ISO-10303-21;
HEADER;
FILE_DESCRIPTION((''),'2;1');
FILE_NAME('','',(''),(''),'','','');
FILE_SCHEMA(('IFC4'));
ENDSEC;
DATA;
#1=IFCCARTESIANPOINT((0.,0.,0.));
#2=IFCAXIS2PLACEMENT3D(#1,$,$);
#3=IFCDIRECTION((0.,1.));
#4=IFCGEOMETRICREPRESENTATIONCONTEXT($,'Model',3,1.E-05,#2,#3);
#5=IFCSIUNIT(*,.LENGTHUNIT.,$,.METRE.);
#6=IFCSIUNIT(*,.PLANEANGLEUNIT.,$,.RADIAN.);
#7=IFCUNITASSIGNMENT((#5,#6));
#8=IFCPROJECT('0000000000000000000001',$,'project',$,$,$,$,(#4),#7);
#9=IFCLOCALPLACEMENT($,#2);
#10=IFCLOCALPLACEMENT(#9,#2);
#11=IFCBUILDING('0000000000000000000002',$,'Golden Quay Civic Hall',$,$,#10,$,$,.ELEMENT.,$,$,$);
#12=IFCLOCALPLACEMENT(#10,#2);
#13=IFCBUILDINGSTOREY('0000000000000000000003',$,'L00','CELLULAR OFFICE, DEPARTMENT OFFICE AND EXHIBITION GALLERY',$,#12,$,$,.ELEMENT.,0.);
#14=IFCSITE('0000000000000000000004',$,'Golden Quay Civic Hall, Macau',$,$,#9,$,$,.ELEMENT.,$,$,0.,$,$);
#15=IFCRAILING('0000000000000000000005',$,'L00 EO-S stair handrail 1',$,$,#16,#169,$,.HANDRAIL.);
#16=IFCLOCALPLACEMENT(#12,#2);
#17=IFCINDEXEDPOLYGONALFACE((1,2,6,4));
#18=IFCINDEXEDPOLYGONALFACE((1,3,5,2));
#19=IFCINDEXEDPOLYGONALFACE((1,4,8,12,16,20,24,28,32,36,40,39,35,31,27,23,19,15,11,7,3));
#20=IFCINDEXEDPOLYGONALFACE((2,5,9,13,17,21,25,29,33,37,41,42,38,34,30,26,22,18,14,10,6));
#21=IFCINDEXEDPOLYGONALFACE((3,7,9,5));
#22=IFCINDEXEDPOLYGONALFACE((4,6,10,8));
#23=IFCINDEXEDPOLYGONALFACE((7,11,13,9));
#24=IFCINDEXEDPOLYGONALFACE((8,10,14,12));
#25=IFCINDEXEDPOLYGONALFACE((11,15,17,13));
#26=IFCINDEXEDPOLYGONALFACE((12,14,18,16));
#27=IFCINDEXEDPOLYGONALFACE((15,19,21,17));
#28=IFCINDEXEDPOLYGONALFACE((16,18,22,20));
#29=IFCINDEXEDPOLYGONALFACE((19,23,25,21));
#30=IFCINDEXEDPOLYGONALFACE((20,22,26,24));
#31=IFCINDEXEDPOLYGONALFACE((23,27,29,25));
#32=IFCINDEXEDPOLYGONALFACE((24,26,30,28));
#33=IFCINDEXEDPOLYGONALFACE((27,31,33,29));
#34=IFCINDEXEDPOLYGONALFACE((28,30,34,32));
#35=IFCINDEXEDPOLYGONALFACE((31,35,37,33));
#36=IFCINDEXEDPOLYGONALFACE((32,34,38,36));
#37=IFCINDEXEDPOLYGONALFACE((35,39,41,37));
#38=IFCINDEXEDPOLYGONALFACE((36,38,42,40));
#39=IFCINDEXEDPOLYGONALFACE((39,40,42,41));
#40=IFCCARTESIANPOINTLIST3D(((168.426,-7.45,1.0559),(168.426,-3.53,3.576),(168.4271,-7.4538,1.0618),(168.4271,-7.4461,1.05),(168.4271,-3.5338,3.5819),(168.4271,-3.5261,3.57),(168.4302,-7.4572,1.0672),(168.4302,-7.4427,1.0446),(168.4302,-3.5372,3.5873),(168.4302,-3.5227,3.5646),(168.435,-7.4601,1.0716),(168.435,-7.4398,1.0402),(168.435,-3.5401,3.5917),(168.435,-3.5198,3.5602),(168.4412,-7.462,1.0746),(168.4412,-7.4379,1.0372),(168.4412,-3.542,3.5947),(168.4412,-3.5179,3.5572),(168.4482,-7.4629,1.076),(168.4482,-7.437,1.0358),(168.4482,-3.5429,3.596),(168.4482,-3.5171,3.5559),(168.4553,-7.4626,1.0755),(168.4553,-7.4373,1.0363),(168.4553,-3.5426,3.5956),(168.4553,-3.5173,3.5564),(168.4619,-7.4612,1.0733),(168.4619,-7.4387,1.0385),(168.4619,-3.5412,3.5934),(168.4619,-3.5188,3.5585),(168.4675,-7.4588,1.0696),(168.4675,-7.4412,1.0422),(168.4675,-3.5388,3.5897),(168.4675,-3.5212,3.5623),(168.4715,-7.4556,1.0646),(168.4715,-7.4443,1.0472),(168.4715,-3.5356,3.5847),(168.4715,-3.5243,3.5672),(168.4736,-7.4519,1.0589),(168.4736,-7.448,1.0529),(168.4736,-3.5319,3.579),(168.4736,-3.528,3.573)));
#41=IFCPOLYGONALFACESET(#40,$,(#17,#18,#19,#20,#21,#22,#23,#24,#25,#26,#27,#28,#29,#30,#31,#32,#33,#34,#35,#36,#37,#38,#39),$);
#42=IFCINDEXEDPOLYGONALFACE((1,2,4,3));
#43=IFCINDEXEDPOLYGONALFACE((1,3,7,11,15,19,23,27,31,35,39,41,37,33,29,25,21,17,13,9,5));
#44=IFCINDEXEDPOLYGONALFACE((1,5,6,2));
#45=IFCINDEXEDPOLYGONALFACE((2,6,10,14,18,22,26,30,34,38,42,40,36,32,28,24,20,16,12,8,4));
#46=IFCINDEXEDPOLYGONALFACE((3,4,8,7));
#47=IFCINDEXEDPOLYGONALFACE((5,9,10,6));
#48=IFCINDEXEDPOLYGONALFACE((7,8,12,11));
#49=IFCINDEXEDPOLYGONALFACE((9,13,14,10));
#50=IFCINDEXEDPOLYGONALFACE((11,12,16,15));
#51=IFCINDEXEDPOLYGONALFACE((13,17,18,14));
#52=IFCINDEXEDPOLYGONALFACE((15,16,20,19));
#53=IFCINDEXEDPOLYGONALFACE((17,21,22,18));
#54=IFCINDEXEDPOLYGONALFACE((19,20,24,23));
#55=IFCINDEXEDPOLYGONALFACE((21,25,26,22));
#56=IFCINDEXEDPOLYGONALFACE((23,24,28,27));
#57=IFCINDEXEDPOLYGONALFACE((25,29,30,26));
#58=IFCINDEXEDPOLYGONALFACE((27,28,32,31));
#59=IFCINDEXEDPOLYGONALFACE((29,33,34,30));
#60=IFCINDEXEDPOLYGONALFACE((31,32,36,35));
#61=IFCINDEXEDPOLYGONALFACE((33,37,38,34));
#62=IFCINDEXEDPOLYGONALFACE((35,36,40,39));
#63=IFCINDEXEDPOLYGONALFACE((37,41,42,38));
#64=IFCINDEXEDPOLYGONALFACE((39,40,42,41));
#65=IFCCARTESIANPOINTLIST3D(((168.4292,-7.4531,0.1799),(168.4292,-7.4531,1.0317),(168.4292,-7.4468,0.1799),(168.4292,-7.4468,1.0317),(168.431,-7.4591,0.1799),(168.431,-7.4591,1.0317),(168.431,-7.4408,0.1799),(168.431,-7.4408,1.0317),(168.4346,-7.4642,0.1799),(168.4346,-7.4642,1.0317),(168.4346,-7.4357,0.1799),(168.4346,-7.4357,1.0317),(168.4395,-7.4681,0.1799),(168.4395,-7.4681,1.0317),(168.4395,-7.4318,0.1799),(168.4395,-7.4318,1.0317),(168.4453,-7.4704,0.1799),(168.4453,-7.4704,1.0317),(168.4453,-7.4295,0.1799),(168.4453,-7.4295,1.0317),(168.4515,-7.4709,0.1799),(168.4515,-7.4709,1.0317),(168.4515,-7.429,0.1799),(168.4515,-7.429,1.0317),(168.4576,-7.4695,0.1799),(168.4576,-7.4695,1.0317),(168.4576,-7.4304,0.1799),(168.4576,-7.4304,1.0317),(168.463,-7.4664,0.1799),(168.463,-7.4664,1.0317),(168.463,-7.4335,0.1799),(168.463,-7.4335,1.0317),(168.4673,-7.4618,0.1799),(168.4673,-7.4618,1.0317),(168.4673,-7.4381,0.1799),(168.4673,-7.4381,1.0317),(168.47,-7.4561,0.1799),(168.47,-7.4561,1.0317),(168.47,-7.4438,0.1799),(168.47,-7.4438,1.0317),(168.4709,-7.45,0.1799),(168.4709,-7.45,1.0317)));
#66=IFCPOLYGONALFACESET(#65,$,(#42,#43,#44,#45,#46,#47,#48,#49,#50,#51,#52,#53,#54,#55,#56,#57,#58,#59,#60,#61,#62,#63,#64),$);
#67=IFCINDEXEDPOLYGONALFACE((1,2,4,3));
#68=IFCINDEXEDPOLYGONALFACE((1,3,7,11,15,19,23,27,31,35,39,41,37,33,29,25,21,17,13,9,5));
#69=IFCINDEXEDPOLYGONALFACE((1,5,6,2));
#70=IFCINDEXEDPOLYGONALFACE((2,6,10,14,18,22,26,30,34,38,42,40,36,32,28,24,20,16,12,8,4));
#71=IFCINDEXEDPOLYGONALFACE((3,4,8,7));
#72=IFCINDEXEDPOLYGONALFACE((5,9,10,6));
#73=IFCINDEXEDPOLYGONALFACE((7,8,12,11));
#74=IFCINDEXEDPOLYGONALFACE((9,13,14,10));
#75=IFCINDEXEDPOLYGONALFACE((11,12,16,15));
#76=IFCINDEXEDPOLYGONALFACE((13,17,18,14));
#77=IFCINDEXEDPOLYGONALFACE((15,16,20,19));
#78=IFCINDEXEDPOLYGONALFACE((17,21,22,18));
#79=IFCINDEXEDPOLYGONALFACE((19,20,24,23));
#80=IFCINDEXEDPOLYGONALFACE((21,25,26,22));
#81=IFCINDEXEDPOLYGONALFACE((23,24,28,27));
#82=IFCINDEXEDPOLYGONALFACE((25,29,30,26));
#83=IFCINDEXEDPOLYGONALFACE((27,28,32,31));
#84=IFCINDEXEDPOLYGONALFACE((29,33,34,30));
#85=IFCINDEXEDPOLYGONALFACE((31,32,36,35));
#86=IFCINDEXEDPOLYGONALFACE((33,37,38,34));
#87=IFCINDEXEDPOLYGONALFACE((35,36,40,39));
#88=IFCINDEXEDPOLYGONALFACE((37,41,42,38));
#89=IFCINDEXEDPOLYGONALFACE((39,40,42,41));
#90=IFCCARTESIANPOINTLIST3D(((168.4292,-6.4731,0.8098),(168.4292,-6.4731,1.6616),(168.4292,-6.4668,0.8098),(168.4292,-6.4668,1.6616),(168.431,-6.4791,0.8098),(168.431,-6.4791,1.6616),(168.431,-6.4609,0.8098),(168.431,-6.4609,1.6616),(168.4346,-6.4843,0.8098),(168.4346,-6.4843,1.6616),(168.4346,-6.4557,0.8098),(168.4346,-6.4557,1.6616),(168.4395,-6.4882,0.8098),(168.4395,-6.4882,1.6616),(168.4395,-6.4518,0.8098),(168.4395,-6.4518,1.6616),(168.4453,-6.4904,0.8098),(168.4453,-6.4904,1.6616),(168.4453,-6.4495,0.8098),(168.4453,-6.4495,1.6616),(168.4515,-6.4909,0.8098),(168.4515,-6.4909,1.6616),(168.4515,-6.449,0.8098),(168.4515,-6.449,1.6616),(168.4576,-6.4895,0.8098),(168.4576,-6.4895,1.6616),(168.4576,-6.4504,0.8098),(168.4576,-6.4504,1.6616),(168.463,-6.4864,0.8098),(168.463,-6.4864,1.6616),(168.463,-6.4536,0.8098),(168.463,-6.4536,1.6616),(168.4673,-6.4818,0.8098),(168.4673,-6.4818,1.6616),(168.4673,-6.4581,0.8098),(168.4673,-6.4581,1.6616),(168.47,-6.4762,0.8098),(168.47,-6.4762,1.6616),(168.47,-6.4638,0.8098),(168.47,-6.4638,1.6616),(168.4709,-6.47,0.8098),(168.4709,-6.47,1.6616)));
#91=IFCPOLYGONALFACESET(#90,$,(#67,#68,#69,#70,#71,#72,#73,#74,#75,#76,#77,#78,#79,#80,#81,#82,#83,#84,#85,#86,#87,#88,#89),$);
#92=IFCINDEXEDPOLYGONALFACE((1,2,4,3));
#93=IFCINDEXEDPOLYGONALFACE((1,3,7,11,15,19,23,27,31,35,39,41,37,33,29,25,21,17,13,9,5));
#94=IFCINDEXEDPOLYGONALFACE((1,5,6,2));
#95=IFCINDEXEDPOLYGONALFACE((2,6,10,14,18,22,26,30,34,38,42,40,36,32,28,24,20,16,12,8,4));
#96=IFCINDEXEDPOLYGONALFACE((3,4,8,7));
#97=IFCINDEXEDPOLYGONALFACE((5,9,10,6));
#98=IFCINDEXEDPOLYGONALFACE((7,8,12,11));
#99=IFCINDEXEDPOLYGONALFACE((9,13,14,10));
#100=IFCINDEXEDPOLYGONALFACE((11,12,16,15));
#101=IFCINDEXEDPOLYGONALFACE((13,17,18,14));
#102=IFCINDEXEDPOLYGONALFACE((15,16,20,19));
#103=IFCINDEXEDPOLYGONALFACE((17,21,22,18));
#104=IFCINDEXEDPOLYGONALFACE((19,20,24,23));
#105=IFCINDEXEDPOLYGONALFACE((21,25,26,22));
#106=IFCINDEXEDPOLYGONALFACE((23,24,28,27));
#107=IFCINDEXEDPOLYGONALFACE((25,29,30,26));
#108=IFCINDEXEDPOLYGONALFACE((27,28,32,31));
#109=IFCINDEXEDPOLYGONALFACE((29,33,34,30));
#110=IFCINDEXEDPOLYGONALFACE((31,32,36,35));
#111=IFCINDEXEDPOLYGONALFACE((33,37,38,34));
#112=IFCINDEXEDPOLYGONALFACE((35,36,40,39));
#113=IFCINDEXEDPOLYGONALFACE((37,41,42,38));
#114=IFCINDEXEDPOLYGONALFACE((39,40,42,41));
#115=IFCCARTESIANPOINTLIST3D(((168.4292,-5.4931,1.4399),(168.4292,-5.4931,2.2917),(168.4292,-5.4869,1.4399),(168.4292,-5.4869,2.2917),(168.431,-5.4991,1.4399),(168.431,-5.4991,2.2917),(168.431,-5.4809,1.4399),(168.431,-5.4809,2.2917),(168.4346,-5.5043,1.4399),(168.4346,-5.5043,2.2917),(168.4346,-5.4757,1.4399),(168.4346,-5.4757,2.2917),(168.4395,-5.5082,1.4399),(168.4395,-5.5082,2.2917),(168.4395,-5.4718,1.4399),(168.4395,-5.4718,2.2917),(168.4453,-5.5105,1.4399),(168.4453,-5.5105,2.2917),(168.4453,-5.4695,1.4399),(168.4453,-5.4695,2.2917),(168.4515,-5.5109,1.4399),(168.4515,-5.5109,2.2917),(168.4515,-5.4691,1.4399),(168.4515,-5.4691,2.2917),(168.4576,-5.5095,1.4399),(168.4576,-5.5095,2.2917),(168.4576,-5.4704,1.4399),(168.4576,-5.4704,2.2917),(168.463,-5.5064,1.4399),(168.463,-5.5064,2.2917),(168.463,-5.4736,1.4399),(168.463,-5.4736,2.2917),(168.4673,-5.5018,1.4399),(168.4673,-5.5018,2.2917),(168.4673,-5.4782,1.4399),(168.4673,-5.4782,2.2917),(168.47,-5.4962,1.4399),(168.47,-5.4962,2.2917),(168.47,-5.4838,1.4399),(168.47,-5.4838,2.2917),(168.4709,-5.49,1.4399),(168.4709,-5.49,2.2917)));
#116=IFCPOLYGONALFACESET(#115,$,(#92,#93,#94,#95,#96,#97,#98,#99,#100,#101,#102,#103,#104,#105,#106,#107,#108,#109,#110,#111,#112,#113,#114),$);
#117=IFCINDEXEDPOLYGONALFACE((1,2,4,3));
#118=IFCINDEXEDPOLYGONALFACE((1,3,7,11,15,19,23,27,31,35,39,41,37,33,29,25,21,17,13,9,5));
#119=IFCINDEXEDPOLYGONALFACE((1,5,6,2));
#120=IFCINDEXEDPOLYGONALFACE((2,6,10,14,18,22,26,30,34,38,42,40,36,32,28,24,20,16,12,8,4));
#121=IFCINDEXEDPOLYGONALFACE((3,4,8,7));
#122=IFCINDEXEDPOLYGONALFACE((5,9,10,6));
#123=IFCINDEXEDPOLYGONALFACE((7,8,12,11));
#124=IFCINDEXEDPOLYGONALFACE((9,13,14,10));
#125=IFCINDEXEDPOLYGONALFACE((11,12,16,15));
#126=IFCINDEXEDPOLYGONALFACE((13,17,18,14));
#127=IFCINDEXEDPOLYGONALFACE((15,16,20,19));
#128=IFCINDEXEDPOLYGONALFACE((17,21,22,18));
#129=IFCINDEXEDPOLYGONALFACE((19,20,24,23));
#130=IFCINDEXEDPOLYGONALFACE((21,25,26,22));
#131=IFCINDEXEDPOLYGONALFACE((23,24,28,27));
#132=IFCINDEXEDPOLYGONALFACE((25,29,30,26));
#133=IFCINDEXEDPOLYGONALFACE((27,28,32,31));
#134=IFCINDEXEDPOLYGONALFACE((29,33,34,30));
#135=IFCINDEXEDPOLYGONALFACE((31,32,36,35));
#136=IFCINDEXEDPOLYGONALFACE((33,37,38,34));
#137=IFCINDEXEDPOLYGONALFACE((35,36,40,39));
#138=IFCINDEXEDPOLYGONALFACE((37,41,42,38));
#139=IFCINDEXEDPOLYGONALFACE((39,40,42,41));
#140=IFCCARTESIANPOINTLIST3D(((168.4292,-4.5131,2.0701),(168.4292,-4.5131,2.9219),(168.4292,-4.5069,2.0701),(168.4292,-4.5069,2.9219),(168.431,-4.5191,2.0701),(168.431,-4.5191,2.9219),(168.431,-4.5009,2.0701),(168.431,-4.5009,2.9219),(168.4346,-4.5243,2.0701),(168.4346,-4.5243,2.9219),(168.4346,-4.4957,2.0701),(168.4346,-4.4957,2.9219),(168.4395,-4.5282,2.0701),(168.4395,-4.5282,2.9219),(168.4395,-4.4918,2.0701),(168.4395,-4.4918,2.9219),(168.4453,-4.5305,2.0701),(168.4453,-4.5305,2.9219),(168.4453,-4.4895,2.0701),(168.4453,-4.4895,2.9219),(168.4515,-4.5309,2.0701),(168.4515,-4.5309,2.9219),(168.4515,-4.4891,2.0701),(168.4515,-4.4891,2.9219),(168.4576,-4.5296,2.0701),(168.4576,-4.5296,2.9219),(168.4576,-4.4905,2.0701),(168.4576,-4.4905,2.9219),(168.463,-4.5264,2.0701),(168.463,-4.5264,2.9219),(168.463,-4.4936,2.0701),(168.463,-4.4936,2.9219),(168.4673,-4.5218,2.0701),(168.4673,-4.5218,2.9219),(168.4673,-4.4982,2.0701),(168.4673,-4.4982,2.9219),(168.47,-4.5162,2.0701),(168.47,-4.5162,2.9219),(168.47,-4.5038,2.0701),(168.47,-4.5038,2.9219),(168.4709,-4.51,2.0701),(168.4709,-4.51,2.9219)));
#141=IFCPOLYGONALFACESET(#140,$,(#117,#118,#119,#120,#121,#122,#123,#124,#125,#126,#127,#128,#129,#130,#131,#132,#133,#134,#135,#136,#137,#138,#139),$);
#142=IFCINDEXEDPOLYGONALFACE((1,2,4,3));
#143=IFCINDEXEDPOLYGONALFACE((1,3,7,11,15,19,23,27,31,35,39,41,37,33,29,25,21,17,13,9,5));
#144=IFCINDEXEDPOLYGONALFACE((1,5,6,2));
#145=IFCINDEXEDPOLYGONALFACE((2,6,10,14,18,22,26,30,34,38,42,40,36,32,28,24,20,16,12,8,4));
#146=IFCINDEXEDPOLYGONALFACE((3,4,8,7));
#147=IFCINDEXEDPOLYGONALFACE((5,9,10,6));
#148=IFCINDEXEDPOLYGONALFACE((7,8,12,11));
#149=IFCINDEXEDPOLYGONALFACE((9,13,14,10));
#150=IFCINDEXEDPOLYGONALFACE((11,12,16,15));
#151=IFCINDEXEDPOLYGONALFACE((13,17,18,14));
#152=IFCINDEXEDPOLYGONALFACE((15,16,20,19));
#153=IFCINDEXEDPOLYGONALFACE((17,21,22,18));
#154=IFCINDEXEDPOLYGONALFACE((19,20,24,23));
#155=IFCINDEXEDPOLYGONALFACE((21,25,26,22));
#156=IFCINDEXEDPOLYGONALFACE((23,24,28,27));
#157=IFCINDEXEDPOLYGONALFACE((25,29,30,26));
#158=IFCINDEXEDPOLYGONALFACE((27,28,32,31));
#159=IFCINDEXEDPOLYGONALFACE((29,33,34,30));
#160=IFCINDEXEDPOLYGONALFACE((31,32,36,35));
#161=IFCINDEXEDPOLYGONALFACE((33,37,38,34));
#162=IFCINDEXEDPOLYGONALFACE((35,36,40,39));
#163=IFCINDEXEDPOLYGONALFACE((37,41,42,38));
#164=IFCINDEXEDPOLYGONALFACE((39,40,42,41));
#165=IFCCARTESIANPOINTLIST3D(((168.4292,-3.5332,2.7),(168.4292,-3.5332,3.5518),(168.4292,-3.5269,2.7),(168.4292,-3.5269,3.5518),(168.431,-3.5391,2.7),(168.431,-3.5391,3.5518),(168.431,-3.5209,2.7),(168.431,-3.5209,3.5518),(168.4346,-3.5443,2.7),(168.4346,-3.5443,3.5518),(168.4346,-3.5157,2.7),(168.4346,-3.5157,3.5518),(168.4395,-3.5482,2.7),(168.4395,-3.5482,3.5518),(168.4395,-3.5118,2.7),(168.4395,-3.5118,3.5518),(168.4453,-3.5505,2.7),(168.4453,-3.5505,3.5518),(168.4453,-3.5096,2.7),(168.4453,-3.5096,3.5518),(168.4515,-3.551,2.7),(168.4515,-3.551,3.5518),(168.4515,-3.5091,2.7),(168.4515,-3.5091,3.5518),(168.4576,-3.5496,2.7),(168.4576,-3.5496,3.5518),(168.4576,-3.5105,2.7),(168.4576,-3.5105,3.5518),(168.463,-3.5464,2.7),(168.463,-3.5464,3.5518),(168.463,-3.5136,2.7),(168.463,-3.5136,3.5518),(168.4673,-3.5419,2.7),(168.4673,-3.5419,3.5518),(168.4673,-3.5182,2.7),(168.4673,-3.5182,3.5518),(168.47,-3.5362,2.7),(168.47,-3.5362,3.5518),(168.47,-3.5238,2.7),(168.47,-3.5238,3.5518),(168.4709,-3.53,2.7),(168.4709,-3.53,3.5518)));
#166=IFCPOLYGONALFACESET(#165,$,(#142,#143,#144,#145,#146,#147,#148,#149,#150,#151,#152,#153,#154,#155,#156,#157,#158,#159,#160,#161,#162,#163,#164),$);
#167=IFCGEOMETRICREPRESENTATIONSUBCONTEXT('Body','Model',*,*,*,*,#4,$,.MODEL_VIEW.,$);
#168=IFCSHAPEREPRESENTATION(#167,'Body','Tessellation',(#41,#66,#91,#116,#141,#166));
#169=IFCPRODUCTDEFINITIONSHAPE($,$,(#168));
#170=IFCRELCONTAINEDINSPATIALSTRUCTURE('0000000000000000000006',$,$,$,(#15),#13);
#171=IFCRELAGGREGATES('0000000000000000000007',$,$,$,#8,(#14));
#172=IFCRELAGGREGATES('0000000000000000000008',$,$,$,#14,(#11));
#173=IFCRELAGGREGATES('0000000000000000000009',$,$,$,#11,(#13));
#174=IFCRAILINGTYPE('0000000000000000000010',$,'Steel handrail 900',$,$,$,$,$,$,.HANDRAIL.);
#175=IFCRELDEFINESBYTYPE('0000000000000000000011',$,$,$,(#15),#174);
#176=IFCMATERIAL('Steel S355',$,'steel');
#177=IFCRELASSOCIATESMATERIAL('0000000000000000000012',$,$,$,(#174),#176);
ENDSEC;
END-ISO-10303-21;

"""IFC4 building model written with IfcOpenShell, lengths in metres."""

from ifc_helpers import new_model, si_unit, direction, frame, origin, origin_2d, place, context, subcontext, project, spatial, circle, extrude, material, type_object, element, save


model = new_model("IFC4")

# Units and contexts
model_context = context("Model", 3, precision=1e-05, world=origin(), true_north=direction((0.0, 1.0)))
body_context = subcontext(model_context, "Body", "Model", "MODEL_VIEW")
ifc_project = project(units=[si_unit("LENGTHUNIT", "METRE"), si_unit("PLANEANGLEUNIT", "RADIAN")], contexts=[model_context])

# Site, building, storey
site_placement = place(None, origin())
site = spatial("IfcSite", under=ifc_project, at=site_placement, Name="Golden Quay Civic Hall, Macau", CompositionType="ELEMENT", RefElevation=0.0)
building_placement = place(site_placement, origin())
building = spatial("IfcBuilding", under=site, at=building_placement, Name="Golden Quay Civic Hall", CompositionType="ELEMENT")
storey_placement = place(building_placement, origin())
storey = spatial("IfcBuildingStorey", under=building, at=storey_placement, Name="L00", Description="CELLULAR OFFICE, DEPARTMENT OFFICE AND EXHIBITION GALLERY", CompositionType="ELEMENT", Elevation=0.0)

# Railing
ifc_material_1 = material(Name="Steel S355", Category="steel")
railing_type_1 = type_object("IfcRailingType", Name="Steel handrail 900", PredefinedType="HANDRAIL", material=ifc_material_1)
railing_1_placement = place(storey_placement, frame((168.45, -7.45, 0.1799)))
element("IfcRailing", 1, at=railing_1_placement, inside=storey, type_object=railing_type_1, Name="L00 EO-S stair handrail 1", PredefinedType="HANDRAIL", context=body_context, shape_type="SweptSolid", body=[
    extrude(circle(Radius=0.0239, at=origin_2d()), frame((0.0, 0.0, 0.876), z_axis=(0.0, 0.841172, 0.540768), x_axis=(-1.0, 0.0, 0.0)), (0.0, 0.0, 1.0), 4.6602),
    extrude(circle(Radius=0.021, at=origin_2d()), origin(), (0.0, 0.0, 1.0), 0.8518),
    extrude(circle(Radius=0.021, at=origin_2d()), frame((0.0, 0.98, 0.6299)), (0.0, 0.0, 1.0), 0.8518),
    extrude(circle(Radius=0.021, at=origin_2d()), frame((0.0, 1.96, 1.26)), (0.0, 0.0, 1.0), 0.8518),
    extrude(circle(Radius=0.021, at=origin_2d()), frame((0.0, 2.9399, 1.8901)), (0.0, 0.0, 1.0), 0.8518),
    extrude(circle(Radius=0.021, at=origin_2d()), frame((0.0, 3.9199, 2.52)), (0.0, 0.0, 1.0), 0.8518),
])

save(model, "model.ifc")
